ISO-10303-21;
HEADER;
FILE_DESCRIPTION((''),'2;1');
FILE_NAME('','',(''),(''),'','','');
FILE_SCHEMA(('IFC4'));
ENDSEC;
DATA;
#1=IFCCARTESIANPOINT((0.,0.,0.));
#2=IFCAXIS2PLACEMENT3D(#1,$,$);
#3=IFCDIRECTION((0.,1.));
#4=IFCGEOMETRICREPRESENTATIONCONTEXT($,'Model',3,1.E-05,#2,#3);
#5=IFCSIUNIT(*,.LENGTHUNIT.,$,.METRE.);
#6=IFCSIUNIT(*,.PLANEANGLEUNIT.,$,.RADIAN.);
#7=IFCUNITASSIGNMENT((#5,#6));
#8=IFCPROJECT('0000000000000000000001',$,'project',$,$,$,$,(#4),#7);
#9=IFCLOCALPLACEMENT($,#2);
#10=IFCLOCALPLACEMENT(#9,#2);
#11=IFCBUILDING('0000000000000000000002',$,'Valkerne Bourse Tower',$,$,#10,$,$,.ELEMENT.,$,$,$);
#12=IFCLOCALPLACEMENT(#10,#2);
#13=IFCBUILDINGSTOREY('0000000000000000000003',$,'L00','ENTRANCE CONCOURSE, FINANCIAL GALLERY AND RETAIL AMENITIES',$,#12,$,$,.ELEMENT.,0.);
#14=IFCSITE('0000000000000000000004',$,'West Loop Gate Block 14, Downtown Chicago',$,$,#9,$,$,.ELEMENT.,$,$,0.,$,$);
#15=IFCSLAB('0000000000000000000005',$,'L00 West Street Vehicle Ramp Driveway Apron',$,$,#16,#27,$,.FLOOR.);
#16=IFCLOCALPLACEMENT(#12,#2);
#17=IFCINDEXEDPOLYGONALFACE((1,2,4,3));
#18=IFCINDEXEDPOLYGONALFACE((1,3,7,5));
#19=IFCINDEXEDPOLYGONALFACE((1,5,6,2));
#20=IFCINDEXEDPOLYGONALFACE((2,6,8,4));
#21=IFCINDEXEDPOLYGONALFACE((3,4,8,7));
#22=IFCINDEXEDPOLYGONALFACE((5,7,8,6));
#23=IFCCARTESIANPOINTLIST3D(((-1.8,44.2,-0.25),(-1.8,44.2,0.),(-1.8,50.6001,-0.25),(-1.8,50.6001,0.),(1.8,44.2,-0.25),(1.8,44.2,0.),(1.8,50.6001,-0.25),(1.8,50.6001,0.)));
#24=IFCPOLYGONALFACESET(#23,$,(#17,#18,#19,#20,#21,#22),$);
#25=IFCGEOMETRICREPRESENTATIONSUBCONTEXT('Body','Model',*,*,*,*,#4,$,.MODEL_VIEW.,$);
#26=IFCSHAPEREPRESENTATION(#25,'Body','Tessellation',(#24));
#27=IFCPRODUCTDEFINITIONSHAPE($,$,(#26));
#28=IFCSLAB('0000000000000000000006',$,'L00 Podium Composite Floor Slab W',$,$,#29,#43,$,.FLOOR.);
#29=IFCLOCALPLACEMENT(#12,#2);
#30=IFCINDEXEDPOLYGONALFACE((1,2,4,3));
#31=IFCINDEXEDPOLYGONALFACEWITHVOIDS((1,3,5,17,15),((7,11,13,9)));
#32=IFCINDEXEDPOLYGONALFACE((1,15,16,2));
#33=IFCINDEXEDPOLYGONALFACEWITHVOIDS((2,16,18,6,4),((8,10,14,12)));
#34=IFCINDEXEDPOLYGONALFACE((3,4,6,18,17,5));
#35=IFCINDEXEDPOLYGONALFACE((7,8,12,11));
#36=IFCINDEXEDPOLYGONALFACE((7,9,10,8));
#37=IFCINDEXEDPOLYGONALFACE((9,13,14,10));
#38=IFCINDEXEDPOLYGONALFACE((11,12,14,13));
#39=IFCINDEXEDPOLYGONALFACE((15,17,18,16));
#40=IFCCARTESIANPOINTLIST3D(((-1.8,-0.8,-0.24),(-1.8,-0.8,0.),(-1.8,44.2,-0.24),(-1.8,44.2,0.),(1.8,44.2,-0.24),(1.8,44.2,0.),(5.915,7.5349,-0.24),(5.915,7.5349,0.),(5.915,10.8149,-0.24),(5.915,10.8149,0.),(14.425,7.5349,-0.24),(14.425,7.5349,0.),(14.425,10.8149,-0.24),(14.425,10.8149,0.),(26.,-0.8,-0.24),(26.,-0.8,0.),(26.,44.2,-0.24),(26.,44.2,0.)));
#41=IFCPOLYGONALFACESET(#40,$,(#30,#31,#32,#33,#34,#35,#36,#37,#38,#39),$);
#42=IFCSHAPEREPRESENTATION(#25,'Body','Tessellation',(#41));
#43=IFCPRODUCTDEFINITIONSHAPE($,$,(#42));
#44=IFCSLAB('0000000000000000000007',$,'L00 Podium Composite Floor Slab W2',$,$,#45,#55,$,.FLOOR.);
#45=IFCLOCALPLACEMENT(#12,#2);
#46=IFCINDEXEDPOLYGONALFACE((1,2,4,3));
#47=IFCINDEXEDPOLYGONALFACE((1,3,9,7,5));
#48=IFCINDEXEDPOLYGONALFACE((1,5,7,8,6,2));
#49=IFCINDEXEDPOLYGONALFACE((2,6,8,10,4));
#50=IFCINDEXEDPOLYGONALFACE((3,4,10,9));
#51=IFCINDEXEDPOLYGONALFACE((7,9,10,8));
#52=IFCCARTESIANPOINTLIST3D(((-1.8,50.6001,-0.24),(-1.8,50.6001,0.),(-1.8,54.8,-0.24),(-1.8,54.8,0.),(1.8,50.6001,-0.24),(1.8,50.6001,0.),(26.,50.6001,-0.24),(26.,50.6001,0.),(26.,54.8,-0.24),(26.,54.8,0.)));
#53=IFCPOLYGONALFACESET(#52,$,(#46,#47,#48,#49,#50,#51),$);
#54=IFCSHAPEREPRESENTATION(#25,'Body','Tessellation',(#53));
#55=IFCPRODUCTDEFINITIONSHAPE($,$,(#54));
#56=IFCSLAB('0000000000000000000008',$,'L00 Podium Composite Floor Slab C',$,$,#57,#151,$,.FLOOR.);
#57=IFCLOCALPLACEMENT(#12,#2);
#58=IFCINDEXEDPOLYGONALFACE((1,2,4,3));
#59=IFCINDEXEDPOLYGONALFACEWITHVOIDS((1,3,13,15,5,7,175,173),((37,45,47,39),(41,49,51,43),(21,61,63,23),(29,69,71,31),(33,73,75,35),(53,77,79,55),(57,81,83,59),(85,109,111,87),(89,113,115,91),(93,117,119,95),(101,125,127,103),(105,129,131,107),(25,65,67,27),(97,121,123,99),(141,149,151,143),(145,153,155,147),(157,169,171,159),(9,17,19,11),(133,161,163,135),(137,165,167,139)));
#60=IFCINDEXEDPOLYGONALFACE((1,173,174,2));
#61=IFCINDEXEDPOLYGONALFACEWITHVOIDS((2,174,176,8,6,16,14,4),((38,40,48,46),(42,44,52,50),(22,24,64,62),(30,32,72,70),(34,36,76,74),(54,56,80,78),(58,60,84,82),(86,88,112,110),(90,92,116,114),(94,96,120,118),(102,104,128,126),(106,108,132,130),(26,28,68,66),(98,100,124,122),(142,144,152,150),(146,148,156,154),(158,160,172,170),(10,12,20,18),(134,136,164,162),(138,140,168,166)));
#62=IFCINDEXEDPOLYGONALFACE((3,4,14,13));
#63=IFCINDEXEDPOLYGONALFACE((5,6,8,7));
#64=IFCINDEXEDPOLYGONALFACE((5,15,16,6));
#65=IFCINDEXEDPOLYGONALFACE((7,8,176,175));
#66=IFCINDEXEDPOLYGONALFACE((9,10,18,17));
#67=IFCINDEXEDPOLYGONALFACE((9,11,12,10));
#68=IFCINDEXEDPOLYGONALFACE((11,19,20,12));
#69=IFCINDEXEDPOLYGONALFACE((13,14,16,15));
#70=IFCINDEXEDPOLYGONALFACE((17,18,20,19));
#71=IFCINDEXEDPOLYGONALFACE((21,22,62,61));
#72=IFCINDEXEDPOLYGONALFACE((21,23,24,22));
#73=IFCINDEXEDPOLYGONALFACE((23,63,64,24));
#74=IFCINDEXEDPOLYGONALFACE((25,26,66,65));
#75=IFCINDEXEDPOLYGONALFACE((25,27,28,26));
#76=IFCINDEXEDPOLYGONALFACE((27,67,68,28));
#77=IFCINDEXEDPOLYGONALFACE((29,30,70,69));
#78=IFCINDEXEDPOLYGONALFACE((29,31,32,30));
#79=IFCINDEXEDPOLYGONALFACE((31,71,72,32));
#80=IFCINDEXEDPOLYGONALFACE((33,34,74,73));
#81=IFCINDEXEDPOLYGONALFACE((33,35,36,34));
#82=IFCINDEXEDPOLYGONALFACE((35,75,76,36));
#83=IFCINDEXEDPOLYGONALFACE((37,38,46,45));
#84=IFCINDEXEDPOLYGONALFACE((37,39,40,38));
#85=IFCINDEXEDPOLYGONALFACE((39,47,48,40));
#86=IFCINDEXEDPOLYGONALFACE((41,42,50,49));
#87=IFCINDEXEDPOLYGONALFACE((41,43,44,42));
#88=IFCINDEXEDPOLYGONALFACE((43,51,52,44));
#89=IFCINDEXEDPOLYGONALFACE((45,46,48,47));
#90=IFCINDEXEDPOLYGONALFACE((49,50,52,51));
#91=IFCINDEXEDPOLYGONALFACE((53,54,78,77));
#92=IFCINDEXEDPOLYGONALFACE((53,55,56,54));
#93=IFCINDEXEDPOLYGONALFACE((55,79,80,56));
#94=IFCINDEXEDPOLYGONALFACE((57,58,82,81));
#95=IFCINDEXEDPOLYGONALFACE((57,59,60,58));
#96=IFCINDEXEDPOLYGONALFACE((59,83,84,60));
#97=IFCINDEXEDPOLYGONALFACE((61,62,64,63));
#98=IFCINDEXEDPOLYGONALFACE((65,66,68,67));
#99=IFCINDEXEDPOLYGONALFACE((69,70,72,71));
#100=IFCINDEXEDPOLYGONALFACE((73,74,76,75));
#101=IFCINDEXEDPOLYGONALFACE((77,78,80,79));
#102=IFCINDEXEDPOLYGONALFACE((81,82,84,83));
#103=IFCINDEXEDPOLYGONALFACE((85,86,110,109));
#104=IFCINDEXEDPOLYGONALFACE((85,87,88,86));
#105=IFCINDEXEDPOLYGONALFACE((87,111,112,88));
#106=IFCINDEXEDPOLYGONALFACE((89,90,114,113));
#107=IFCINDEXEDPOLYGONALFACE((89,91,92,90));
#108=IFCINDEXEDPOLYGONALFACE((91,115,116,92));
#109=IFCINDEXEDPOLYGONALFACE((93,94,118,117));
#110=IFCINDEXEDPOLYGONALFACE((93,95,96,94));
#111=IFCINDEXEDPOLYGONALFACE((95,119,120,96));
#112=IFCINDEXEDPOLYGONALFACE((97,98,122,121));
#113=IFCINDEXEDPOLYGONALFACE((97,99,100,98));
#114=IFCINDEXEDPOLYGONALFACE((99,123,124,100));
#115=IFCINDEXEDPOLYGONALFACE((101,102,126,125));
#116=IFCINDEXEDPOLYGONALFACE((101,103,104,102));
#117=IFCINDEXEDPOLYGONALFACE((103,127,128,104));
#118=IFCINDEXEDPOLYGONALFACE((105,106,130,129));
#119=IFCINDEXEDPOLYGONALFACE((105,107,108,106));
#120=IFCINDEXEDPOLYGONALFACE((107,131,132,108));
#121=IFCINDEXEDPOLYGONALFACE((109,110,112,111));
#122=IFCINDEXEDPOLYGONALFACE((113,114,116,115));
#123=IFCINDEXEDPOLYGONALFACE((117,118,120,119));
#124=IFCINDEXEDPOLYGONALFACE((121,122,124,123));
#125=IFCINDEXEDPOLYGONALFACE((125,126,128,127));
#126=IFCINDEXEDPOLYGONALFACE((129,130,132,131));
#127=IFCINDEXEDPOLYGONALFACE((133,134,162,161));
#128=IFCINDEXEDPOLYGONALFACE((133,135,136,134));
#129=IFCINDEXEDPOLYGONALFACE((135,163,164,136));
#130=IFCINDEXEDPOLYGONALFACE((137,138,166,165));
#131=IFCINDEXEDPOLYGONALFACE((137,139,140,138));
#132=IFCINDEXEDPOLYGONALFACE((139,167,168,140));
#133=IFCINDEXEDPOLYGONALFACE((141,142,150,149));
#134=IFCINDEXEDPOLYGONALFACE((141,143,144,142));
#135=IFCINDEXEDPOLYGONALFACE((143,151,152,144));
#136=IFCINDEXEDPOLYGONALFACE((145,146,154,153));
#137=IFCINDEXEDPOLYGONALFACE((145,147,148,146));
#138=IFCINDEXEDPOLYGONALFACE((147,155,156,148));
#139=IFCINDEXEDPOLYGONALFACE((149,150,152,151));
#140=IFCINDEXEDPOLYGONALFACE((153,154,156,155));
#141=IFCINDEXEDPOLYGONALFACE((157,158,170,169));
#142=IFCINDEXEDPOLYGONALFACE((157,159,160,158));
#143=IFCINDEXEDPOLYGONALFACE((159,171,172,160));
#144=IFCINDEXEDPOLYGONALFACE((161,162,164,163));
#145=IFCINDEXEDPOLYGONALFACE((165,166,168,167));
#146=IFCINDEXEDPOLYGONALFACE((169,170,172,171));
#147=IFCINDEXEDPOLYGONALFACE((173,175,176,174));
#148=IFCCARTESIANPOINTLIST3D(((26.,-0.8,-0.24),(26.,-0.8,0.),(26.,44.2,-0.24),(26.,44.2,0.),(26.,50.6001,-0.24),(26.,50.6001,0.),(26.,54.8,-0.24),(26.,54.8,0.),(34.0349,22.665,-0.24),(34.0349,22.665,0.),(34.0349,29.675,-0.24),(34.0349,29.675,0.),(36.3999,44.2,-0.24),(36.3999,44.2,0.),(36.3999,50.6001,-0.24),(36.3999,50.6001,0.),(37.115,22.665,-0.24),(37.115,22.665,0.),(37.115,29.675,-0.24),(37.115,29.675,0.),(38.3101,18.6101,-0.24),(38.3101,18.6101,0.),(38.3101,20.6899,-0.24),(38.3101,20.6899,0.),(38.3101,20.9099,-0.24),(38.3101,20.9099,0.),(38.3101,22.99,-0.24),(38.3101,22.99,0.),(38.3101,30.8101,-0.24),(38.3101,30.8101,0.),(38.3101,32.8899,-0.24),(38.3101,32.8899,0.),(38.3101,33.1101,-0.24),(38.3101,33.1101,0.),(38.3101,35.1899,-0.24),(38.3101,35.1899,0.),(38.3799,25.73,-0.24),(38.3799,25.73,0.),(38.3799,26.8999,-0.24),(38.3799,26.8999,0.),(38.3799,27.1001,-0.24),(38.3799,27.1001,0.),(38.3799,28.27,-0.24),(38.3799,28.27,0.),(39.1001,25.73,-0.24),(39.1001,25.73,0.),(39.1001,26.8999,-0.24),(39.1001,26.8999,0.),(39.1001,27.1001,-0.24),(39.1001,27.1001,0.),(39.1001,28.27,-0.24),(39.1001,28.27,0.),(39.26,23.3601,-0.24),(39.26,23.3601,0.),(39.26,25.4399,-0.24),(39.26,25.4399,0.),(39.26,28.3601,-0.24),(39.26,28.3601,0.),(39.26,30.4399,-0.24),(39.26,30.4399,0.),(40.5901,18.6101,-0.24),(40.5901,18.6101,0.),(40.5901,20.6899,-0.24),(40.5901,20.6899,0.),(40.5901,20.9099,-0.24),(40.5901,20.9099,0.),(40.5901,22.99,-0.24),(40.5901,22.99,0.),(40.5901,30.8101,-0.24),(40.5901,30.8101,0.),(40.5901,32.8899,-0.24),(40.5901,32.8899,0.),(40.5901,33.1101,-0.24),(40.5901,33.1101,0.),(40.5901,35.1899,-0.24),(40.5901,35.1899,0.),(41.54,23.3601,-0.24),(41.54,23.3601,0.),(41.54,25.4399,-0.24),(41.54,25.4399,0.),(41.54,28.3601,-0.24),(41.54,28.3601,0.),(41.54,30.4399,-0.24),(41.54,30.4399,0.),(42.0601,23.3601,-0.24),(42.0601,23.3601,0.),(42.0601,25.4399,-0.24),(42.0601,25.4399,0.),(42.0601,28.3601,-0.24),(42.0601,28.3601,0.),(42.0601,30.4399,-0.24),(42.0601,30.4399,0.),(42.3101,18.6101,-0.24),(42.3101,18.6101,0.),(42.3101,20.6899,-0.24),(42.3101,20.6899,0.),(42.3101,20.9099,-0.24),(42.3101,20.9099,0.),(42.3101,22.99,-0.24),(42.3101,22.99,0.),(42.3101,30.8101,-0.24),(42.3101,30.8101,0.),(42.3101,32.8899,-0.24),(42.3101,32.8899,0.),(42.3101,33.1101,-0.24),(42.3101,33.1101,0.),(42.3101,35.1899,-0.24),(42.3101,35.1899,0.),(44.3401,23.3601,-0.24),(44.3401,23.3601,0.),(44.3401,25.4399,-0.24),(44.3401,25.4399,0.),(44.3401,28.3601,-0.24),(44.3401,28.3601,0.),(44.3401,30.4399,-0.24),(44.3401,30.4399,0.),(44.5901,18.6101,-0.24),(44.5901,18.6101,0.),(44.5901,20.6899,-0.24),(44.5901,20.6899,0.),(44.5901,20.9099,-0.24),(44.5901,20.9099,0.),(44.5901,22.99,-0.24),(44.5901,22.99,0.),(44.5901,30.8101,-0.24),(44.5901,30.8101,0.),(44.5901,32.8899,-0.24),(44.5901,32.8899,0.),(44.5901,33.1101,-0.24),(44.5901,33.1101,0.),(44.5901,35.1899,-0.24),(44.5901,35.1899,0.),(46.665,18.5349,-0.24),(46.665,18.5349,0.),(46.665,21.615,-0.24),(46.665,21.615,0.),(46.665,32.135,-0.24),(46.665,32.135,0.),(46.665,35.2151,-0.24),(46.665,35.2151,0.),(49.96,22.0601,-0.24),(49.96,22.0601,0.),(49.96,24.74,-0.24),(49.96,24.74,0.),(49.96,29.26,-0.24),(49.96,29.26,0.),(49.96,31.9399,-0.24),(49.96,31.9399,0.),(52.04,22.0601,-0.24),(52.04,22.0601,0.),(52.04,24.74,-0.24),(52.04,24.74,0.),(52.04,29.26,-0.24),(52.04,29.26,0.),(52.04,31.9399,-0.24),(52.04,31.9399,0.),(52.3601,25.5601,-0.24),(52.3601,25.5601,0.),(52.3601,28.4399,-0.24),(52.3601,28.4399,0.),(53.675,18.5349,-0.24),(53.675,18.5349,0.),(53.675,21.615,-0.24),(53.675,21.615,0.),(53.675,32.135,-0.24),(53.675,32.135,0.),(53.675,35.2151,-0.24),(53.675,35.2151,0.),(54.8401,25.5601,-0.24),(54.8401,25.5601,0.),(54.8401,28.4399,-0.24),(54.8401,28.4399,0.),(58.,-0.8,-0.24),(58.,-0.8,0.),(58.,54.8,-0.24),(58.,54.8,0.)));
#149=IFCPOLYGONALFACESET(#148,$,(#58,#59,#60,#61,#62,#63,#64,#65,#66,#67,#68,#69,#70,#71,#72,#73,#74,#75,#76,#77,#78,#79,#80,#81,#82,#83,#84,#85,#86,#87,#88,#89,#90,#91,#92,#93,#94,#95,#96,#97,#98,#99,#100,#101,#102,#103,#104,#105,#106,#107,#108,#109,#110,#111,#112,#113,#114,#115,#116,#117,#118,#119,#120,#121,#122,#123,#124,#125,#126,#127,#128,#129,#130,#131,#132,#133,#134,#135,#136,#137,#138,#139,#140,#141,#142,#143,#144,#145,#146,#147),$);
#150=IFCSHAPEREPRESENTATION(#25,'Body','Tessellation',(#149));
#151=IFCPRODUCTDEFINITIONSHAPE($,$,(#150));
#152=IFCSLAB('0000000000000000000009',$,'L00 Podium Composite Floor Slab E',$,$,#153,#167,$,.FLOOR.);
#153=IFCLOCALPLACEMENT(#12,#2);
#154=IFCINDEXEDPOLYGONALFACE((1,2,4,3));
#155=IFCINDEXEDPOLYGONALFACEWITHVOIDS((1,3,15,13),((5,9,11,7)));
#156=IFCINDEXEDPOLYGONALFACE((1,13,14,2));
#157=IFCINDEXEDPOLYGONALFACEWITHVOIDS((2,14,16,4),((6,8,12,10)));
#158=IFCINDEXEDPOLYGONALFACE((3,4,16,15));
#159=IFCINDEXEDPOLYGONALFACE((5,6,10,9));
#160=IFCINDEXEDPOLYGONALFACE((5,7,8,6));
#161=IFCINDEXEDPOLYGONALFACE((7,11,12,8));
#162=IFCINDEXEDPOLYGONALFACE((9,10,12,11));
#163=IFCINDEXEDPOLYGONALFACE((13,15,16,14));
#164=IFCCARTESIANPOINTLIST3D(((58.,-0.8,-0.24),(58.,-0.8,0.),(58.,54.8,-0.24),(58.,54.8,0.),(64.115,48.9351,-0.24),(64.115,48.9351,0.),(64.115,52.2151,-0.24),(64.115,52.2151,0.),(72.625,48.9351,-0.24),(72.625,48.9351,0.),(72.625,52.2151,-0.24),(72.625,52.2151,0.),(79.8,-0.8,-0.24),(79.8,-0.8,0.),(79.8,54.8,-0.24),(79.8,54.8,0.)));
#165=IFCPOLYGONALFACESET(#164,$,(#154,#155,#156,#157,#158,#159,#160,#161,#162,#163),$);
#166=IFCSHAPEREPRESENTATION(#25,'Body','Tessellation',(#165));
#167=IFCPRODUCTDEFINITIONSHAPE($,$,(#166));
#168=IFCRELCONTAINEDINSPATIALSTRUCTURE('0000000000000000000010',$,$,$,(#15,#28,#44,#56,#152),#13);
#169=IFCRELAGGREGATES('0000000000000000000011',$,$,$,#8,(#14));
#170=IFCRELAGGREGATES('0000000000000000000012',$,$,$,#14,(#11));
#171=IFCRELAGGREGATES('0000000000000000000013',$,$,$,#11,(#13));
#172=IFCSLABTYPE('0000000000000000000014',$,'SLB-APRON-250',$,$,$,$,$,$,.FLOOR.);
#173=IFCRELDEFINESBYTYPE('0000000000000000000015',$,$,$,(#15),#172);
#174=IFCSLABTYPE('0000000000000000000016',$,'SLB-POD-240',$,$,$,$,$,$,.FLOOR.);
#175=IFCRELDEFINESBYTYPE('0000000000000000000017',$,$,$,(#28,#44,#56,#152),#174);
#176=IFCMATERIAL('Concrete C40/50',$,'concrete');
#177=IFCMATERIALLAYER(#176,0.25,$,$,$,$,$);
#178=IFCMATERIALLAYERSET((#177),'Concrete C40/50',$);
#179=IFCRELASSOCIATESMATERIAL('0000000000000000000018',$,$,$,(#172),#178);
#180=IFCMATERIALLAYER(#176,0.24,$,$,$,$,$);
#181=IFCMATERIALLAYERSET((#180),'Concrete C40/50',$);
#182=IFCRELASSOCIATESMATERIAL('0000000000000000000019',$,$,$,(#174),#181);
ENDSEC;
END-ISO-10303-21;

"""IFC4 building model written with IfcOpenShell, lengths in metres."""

from ifc_helpers import new_model, si_unit, direction, frame, origin, place, context, subcontext, project, spatial, polyline, outline, extrude, material, layer, layer_set, type_object, element, save


model = new_model("IFC4")

# Units and contexts
model_context = context("Model", 3, precision=1e-05, world=origin(), true_north=direction((0.0, 1.0)))
body_context = subcontext(model_context, "Body", "Model", "MODEL_VIEW")
ifc_project = project(units=[si_unit("LENGTHUNIT", "METRE"), si_unit("PLANEANGLEUNIT", "RADIAN")], contexts=[model_context])

# Site, building, storey
site_placement = place(None, origin())
site = spatial("IfcSite", under=ifc_project, at=site_placement, Name="West Loop Gate Block 14, Downtown Chicago", CompositionType="ELEMENT", RefElevation=0.0)
building_placement = place(site_placement, origin())
building = spatial("IfcBuilding", under=site, at=building_placement, Name="Valkerne Bourse Tower", CompositionType="ELEMENT")
storey_placement = place(building_placement, origin())
storey = spatial("IfcBuildingStorey", under=building, at=storey_placement, Name="L00", Description="ENTRANCE CONCOURSE, FINANCIAL GALLERY AND RETAIL AMENITIES", CompositionType="ELEMENT", Elevation=0.0)

# Slabs
ifc_material_1 = material(Name="Concrete C40/50", Category="concrete")
ifc_layer_1 = layer(ifc_material_1, 0.25)
ifc_layer_set_1 = layer_set([ifc_layer_1], Name="Concrete C40/50")
slab_type_1 = type_object("IfcSlabType", Name="SLB-APRON-250", PredefinedType="FLOOR", material=ifc_layer_set_1)
slab_1_placement = place(storey_placement, frame((0.0, 0.0, -0.25)))
element("IfcSlab", 1, at=slab_1_placement, inside=storey, type_object=slab_type_1, Name="L00 West Street Vehicle Ramp Driveway Apron", PredefinedType="FLOOR", context=body_context, shape_type="SweptSolid", body=[
    extrude(outline(polyline([(-1.8, 44.2), (1.8, 44.2), (1.8, 50.6001), (-1.8, 50.6001), (-1.8, 44.2)])), origin(), (0.0, 0.0, 1.0), 0.25),
])
ifc_layer_2 = layer(ifc_material_1, 0.24)
ifc_layer_set_2 = layer_set([ifc_layer_2], Name="Concrete C40/50")
slab_type_2 = type_object("IfcSlabType", Name="SLB-POD-240", PredefinedType="FLOOR", material=ifc_layer_set_2)
slab_2_placement = place(storey_placement, frame((0.0, 0.0, -0.24)))
element("IfcSlab", 2, at=slab_2_placement, inside=storey, type_object=slab_type_2, Name="L00 Podium Composite Floor Slab W", PredefinedType="FLOOR", context=body_context, shape_type="SweptSolid", body=[
    extrude(outline(polyline([(26.0, -0.8), (-1.8, -0.8), (-1.8, 44.2), (1.8, 44.2), (26.0, 44.2), (26.0, -0.8)]), holes=[polyline([(14.425, 7.5349), (14.425, 10.8149), (5.915, 10.8149), (5.915, 7.5349), (14.425, 7.5349)])]), origin(), (0.0, 0.0, 1.0), 0.24),
])
slab_3_placement = place(storey_placement, frame((0.0, 0.0, -0.24)))
element("IfcSlab", 3, at=slab_3_placement, inside=storey, type_object=slab_type_2, Name="L00 Podium Composite Floor Slab W2", PredefinedType="FLOOR", context=body_context, shape_type="SweptSolid", body=[
    extrude(outline(polyline([(26.0, 54.8), (26.0, 50.6001), (1.8, 50.6001), (-1.8, 50.6001), (-1.8, 54.8), (26.0, 54.8)])), origin(), (0.0, 0.0, 1.0), 0.24),
])
slab_4_placement = place(storey_placement, frame((0.0, 0.0, -0.24)))
element("IfcSlab", 4, at=slab_4_placement, inside=storey, type_object=slab_type_2, Name="L00 Podium Composite Floor Slab C", PredefinedType="FLOOR", context=body_context, shape_type="SweptSolid", body=[
    extrude(outline(polyline([(26.0, 54.8), (58.0, 54.8), (58.0, -0.8), (26.0, -0.8), (26.0, 44.2), (36.3999, 44.2), (36.3999, 50.6001), (26.0, 50.6001), (26.0, 54.8)]), holes=[polyline([(40.5901, 18.6101), (40.5901, 20.6899), (38.3101, 20.6899), (38.3101, 18.6101), (40.5901, 18.6101)]), polyline([(40.5901, 20.9099), (40.5901, 22.99), (38.3101, 22.99), (38.3101, 20.9099), (40.5901, 20.9099)]), polyline([(39.26, 23.3601), (41.54, 23.3601), (41.54, 25.4399), (39.26, 25.4399), (39.26, 23.3601)]), polyline([(37.115, 22.665), (37.115, 29.675), (34.0349, 29.675), (34.0349, 22.665), (37.115, 22.665)]), polyline([(39.1001, 25.73), (39.1001, 26.8999), (38.3799, 26.8999), (38.3799, 25.73), (39.1001, 25.73)]), polyline([(38.3799, 27.1001), (39.1001, 27.1001), (39.1001, 28.27), (38.3799, 28.27), (38.3799, 27.1001)]), polyline([(39.26, 28.3601), (41.54, 28.3601), (41.54, 30.4399), (39.26, 30.4399), (39.26, 28.3601)]), polyline([(44.3401, 28.3601), (44.3401, 30.4399), (42.0601, 30.4399), (42.0601, 28.3601), (44.3401, 28.3601)]), polyline([(38.3101, 30.8101), (40.5901, 30.8101), (40.5901, 32.8899), (38.3101, 32.8899), (38.3101, 30.8101)]), polyline([(38.3101, 33.1101), (40.5901, 33.1101), (40.5901, 35.1899), (38.3101, 35.1899), (38.3101, 33.1101)]), polyline([(42.3101, 18.6101), (44.5901, 18.6101), (44.5901, 20.6899), (42.3101, 20.6899), (42.3101, 18.6101)]), polyline([(46.665, 18.5349), (53.675, 18.5349), (53.675, 21.615), (46.665, 21.615), (46.665, 18.5349)]), polyline([(44.5901, 20.9099), (44.5901, 22.99), (42.3101, 22.99), (42.3101, 20.9099), (44.5901, 20.9099)]), polyline([(49.96, 22.0601), (52.04, 22.0601), (52.04, 24.74), (49.96, 24.74), (49.96, 22.0601)]), polyline([(42.0601, 23.3601), (44.3401, 23.3601), (44.3401, 25.4399), (42.0601, 25.4399), (42.0601, 23.3601)]), polyline([(54.8401, 25.5601), (54.8401, 28.4399), (52.3601, 28.4399), (52.3601, 25.5601), (54.8401, 25.5601)]), polyline([(49.96, 29.26), (52.04, 29.26), (52.04, 31.9399), (49.96, 31.9399), (49.96, 29.26)]), polyline([(42.3101, 30.8101), (44.5901, 30.8101), (44.5901, 32.8899), (42.3101, 32.8899), (42.3101, 30.8101)]), polyline([(53.675, 32.135), (53.675, 35.2151), (46.665, 35.2151), (46.665, 32.135), (53.675, 32.135)]), polyline([(42.3101, 33.1101), (44.5901, 33.1101), (44.5901, 35.1899), (42.3101, 35.1899), (42.3101, 33.1101)])]), origin(), (0.0, 0.0, 1.0), 0.24),
])
slab_5_placement = place(storey_placement, frame((0.0, 0.0, -0.24)))
element("IfcSlab", 5, at=slab_5_placement, inside=storey, type_object=slab_type_2, Name="L00 Podium Composite Floor Slab E", PredefinedType="FLOOR", context=body_context, shape_type="SweptSolid", body=[
    extrude(outline(polyline([(58.0, -0.8), (58.0, 54.8), (79.8, 54.8), (79.8, -0.8), (58.0, -0.8)]), holes=[polyline([(64.115, 48.9351), (72.625, 48.9351), (72.625, 52.2151), (64.115, 52.2151), (64.115, 48.9351)])]), origin(), (0.0, 0.0, 1.0), 0.24),
])

save(model, "model.ifc")
